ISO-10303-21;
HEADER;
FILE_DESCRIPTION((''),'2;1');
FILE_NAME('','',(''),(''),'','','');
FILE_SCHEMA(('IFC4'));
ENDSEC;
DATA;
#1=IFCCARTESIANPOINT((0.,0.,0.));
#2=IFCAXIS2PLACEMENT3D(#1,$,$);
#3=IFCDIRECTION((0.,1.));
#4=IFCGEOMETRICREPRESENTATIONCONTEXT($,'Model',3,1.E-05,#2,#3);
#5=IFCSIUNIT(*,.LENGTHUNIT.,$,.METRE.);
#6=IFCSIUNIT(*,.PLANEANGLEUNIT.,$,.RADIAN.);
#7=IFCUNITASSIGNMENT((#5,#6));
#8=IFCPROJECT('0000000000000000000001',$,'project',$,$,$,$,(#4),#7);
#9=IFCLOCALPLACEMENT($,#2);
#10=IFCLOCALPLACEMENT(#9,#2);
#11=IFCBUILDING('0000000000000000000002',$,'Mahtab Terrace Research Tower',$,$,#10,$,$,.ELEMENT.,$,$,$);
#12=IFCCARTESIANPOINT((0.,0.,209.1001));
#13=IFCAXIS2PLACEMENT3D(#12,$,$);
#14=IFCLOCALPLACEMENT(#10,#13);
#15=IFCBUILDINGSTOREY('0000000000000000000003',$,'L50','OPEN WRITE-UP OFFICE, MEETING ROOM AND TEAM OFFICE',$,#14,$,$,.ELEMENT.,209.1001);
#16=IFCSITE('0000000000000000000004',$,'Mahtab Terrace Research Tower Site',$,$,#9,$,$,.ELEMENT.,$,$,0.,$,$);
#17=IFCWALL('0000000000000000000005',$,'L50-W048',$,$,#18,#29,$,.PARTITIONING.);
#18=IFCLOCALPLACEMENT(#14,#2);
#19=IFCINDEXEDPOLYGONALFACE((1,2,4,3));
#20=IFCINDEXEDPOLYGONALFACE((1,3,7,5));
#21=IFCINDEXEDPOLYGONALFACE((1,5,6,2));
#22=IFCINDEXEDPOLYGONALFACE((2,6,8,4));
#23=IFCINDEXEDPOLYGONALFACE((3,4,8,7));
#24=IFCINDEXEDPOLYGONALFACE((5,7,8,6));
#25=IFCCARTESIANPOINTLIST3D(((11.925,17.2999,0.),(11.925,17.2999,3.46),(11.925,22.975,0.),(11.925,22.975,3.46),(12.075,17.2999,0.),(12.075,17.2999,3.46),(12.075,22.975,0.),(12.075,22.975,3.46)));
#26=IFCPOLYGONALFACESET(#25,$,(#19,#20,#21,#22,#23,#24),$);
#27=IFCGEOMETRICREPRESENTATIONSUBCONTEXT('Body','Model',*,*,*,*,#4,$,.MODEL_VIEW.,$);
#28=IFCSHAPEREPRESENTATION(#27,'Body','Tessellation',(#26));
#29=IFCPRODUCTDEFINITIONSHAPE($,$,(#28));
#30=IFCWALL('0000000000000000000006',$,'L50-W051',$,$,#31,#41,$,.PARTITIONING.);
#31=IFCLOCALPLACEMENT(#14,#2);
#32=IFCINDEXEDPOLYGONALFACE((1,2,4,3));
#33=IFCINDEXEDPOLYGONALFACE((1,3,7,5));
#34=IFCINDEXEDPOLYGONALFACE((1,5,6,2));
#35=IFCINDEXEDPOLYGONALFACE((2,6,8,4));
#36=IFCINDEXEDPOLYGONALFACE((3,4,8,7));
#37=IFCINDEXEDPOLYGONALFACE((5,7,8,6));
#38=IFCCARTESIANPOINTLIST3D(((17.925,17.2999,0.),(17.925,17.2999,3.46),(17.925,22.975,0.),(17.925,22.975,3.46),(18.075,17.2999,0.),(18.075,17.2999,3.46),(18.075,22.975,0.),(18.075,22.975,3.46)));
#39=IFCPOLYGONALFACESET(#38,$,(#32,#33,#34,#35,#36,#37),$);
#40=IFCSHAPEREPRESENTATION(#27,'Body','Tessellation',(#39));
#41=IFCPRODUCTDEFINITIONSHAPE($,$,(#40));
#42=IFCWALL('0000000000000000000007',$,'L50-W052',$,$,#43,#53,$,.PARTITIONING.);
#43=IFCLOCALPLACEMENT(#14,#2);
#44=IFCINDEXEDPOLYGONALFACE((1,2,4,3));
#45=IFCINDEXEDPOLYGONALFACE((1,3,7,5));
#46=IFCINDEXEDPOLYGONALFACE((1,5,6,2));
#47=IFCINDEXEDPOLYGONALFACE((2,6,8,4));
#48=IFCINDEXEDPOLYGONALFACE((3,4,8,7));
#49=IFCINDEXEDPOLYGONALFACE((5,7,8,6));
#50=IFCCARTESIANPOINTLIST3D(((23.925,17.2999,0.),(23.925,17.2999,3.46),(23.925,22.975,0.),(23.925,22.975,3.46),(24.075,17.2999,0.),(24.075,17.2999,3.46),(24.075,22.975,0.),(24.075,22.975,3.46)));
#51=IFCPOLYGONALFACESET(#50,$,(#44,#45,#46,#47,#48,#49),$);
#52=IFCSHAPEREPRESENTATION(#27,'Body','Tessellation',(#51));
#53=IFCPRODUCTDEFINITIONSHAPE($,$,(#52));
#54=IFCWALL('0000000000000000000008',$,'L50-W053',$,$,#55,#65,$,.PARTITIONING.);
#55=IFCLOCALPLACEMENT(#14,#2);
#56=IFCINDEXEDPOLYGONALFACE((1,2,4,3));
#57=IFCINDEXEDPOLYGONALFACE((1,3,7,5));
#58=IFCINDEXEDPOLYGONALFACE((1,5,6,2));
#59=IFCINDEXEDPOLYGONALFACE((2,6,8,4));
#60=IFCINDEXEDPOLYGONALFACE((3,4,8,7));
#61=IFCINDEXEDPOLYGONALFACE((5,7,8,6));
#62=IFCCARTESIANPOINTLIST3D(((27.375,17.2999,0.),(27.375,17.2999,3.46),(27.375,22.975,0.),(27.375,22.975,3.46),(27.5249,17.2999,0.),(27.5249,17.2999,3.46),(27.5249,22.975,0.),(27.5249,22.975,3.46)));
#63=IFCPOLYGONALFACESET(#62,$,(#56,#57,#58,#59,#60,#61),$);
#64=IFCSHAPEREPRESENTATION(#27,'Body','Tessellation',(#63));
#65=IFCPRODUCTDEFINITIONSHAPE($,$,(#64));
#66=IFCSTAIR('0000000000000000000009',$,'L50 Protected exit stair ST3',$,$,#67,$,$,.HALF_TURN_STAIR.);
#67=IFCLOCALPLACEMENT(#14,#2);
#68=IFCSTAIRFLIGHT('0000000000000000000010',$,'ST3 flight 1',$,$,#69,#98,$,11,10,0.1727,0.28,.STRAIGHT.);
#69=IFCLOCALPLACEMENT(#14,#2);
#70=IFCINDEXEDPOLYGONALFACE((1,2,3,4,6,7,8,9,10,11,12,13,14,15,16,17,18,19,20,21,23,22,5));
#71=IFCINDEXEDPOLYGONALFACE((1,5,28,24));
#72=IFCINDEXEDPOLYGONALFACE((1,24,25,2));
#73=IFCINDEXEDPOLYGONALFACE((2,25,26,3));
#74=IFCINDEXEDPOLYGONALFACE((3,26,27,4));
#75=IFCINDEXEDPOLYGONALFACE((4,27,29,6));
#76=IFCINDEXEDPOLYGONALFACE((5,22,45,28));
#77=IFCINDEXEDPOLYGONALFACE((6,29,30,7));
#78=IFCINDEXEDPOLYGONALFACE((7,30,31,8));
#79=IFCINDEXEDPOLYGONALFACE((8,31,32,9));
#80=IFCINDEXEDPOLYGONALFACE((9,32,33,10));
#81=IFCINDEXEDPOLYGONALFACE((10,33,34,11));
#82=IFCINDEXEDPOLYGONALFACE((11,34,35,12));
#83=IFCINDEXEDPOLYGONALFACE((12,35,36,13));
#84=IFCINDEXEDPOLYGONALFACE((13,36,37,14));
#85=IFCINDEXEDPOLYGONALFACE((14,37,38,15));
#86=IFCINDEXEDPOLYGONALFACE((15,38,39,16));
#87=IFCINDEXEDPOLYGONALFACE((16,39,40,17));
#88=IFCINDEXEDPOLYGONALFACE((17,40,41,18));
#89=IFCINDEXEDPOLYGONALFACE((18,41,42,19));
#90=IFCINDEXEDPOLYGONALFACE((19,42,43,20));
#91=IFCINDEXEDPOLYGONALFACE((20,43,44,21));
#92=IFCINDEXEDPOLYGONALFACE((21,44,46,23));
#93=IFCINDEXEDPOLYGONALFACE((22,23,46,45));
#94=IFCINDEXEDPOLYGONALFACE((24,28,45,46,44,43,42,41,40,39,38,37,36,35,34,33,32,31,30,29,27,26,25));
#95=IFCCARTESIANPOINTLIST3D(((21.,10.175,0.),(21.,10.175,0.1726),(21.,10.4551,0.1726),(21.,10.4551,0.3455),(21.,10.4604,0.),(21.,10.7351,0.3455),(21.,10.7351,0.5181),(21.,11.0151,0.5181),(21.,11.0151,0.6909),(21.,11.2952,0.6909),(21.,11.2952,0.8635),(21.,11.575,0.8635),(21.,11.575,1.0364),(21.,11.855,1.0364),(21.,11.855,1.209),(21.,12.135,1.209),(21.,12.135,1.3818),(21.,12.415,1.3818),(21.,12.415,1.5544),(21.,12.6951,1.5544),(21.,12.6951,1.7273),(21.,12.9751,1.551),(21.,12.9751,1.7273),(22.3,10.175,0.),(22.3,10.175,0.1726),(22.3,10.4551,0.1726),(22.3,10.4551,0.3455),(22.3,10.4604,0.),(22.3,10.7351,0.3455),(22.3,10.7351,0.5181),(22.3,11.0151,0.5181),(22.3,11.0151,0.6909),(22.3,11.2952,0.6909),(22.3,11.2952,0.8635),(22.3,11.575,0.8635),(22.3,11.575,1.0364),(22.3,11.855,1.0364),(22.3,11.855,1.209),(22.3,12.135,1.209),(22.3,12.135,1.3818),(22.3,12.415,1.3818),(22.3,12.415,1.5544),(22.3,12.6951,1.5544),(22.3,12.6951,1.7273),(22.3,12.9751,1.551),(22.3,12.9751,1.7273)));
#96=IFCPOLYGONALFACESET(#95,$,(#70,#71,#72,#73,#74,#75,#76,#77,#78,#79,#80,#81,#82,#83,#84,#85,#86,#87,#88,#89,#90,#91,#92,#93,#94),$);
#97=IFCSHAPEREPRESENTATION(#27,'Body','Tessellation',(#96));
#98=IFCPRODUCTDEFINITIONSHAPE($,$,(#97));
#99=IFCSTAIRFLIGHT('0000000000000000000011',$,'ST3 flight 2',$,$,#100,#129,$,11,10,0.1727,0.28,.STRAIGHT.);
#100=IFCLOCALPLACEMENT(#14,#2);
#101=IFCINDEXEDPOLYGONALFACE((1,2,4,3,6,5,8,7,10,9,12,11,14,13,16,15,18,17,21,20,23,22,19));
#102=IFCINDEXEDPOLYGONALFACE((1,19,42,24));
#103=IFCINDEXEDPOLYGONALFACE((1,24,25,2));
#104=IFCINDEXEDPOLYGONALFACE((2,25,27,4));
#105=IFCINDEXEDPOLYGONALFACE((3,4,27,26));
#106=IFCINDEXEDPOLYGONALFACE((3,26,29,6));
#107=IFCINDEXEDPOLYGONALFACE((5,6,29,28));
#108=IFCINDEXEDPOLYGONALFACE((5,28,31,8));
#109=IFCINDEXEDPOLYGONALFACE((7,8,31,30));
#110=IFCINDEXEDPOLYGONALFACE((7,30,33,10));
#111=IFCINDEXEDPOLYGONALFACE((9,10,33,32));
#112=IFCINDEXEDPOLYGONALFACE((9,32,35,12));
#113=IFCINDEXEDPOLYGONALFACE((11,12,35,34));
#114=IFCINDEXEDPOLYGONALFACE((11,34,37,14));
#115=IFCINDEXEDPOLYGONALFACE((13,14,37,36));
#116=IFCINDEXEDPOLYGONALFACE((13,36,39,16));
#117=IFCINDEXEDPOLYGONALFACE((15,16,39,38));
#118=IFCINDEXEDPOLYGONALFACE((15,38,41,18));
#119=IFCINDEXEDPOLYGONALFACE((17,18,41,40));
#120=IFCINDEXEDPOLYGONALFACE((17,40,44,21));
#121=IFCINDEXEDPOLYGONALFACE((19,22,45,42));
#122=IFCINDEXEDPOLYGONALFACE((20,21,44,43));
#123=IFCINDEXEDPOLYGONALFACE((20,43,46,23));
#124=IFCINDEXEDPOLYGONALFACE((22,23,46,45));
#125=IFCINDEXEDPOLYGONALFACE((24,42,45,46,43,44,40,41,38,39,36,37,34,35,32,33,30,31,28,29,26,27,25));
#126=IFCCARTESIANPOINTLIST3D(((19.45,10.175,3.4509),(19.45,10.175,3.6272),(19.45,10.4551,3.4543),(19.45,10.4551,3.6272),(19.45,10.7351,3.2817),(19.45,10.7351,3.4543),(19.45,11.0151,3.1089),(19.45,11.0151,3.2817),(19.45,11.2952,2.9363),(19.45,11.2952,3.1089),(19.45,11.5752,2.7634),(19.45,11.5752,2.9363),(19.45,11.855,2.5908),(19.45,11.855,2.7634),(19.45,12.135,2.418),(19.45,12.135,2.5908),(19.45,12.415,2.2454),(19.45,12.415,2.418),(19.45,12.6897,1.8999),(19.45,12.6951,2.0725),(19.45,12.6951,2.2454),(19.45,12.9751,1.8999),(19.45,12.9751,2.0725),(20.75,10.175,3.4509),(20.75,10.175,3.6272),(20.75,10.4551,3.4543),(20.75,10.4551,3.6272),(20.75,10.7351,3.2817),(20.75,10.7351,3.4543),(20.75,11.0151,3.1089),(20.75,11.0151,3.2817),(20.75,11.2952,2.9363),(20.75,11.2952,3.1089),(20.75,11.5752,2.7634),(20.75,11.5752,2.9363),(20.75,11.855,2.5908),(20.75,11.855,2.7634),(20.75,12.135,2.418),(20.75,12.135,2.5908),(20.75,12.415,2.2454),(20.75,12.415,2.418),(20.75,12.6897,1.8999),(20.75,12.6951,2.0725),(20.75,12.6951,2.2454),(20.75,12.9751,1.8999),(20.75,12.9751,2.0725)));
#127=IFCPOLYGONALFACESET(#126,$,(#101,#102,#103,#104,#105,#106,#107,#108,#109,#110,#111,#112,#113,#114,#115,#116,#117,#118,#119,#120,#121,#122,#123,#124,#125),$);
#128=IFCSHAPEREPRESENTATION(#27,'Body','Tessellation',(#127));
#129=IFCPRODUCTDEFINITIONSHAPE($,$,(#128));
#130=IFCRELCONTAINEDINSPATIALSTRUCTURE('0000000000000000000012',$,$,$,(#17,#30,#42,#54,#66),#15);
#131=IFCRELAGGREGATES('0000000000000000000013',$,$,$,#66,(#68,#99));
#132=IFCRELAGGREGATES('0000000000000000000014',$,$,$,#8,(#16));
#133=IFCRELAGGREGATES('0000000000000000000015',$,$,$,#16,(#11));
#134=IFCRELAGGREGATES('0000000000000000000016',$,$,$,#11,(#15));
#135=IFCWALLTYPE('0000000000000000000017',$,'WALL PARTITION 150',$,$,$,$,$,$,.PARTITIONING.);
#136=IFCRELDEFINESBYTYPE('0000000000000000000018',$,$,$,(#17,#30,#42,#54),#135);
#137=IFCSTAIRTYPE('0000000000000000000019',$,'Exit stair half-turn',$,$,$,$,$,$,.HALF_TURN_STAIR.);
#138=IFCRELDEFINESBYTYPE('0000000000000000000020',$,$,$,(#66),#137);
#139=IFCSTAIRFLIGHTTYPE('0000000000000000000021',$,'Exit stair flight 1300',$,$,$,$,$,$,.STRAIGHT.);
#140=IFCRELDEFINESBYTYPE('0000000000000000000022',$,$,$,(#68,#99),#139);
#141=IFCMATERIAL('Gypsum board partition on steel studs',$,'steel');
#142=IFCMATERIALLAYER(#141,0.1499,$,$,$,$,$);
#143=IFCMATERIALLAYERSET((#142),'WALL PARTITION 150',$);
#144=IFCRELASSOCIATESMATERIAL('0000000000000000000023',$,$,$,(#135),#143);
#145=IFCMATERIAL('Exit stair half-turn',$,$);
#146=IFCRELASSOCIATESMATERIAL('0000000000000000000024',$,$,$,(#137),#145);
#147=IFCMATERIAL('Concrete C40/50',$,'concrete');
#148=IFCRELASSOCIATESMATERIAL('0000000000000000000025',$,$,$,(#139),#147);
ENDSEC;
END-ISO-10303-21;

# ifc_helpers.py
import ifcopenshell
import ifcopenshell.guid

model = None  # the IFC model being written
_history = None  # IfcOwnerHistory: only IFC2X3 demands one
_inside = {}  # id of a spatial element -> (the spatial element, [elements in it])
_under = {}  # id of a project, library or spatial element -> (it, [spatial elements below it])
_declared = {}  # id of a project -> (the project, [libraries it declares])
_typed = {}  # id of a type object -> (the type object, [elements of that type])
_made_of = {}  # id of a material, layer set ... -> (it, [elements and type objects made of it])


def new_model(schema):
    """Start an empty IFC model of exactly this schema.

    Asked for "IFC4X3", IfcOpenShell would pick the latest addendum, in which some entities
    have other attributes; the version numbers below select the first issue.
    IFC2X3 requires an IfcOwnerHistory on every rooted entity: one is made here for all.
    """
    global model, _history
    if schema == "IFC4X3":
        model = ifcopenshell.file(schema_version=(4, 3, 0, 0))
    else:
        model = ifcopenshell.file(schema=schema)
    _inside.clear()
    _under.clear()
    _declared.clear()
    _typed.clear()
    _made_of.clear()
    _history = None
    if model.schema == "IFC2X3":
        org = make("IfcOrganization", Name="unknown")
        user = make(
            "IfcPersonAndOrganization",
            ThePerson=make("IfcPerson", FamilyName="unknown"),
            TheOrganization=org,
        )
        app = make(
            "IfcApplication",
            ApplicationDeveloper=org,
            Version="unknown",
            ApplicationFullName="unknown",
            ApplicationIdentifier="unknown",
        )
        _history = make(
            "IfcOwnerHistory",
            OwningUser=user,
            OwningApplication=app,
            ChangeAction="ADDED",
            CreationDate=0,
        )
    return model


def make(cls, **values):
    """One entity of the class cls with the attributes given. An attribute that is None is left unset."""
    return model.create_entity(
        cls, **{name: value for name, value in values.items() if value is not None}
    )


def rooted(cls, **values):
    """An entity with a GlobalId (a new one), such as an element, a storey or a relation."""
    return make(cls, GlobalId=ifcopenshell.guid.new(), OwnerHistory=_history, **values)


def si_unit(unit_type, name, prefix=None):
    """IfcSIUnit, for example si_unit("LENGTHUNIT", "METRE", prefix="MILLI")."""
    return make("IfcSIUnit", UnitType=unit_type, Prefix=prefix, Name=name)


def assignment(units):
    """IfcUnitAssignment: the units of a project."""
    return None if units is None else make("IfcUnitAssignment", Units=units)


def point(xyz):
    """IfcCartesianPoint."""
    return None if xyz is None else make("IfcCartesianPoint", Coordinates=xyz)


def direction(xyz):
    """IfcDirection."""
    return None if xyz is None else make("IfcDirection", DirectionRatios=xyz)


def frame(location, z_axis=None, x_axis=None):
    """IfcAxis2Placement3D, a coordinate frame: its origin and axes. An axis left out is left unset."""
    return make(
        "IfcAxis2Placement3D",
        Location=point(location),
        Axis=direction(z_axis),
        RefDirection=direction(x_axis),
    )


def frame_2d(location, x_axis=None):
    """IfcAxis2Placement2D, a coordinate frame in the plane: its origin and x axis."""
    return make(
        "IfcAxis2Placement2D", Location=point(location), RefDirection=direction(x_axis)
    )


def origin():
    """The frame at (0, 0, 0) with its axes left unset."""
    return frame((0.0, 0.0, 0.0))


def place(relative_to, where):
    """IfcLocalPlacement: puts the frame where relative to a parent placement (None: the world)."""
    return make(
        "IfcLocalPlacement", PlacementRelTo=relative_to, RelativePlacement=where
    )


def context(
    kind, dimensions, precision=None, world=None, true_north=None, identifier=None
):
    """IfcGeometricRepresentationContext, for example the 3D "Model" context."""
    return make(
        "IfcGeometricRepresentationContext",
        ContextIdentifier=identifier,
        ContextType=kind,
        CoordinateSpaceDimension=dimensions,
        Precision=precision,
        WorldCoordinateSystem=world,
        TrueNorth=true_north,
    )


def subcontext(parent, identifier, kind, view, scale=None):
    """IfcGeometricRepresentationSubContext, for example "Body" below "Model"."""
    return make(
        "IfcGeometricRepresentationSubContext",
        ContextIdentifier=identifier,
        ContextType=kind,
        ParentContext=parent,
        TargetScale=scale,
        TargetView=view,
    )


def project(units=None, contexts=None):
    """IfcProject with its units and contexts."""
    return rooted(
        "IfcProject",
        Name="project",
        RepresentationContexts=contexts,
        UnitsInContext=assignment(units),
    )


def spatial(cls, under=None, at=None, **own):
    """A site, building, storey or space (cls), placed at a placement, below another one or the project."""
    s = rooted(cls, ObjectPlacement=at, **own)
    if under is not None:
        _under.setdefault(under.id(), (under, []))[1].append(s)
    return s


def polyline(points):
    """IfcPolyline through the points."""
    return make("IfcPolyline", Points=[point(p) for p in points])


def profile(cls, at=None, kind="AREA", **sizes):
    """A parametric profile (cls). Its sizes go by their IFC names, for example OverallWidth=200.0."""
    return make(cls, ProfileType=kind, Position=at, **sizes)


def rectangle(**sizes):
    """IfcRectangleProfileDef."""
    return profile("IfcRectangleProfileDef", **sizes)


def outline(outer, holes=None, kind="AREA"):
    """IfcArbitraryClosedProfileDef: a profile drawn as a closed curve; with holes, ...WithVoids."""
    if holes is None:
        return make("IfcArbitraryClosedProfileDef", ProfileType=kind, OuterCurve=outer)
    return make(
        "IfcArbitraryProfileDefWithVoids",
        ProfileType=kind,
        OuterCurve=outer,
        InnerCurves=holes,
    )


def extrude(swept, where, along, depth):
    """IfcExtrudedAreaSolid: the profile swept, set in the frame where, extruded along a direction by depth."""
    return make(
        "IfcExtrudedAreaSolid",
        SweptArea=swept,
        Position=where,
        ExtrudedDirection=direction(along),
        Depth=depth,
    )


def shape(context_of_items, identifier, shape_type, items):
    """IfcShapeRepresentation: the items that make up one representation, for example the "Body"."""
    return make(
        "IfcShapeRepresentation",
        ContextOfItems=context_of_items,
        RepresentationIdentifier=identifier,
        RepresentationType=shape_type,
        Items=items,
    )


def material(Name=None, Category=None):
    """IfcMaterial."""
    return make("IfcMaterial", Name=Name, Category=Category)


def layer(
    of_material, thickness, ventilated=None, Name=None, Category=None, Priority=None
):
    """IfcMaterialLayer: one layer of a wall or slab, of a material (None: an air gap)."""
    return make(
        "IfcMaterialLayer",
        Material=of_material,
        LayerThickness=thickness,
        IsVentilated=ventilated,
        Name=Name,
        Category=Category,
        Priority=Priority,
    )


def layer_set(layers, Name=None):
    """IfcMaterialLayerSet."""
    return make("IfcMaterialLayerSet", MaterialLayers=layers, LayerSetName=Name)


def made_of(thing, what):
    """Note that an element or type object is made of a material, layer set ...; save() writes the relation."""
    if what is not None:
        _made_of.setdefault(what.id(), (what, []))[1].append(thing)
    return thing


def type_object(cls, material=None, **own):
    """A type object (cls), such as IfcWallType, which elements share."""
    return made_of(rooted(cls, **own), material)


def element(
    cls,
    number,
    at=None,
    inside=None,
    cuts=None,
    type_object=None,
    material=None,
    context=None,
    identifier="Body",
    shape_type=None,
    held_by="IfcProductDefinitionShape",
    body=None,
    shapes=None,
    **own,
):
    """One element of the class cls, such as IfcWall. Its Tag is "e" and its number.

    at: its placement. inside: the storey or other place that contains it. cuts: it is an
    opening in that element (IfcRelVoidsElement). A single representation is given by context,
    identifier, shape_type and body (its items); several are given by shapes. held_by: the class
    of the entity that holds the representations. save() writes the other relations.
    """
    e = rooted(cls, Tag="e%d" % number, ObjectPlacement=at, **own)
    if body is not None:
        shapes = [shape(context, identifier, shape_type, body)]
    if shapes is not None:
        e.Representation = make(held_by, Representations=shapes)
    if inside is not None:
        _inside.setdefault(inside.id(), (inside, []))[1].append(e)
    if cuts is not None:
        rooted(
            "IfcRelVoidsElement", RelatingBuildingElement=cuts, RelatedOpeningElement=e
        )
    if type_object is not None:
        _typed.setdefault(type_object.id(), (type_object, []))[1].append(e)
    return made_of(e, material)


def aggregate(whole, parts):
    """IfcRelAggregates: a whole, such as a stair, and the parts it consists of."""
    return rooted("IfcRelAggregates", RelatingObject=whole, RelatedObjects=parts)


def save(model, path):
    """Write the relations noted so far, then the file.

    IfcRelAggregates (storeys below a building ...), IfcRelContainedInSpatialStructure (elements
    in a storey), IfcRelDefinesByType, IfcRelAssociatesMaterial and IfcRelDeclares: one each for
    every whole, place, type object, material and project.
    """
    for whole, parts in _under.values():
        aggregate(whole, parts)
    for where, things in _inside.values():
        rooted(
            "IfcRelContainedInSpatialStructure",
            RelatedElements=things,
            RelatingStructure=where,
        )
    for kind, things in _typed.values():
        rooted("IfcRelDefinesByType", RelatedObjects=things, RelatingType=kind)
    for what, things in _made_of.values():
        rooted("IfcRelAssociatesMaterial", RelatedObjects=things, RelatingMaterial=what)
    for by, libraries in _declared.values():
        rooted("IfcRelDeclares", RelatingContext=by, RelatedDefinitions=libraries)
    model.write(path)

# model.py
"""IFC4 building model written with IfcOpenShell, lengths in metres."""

from ifc_helpers import new_model, si_unit, direction, frame, frame_2d, origin, place, context, subcontext, project, spatial, polyline, rectangle, outline, extrude, material, layer, layer_set, type_object, element, aggregate, save


model = new_model("IFC4")

# Units and contexts
model_context = context("Model", 3, precision=1e-05, world=origin(), true_north=direction((0.0, 1.0)))
body_context = subcontext(model_context, "Body", "Model", "MODEL_VIEW")
ifc_project = project(units=[si_unit("LENGTHUNIT", "METRE"), si_unit("PLANEANGLEUNIT", "RADIAN")], contexts=[model_context])

# Site, building, storey
site_placement = place(None, origin())
site = spatial("IfcSite", under=ifc_project, at=site_placement, Name="Mahtab Terrace Research Tower Site", CompositionType="ELEMENT", RefElevation=0.0)
building_placement = place(site_placement, origin())
building = spatial("IfcBuilding", under=site, at=building_placement, Name="Mahtab Terrace Research Tower", CompositionType="ELEMENT")
storey_placement = place(building_placement, frame((0.0, 0.0, 209.1001)))
storey = spatial("IfcBuildingStorey", under=building, at=storey_placement, Name="L50", Description="OPEN WRITE-UP OFFICE, MEETING ROOM AND TEAM OFFICE", CompositionType="ELEMENT", Elevation=209.1001)

# Walls
ifc_material_1 = material(Name="Gypsum board partition on steel studs", Category="steel")
ifc_layer_1 = layer(ifc_material_1, 0.1499)
ifc_layer_set_1 = layer_set([ifc_layer_1], Name="WALL PARTITION 150")
wall_type_1 = type_object("IfcWallType", Name="WALL PARTITION 150", PredefinedType="PARTITIONING", material=ifc_layer_set_1)
for number, where, z_axis, x_axis, name in (
    (1, (12.0, 17.3, 0.0), (0.0, 0.0, 1.0), (0.0, 1.0, 0.0), "L50-W048"),
    (2, (18.0, 17.3, 0.0), (0.0, 0.0, 1.0), (0.0, 1.0, 0.0), "L50-W051"),
    (3, (24.0, 17.3, 0.0), (0.0, 0.0, 1.0), (0.0, 1.0, 0.0), "L50-W052"),
    (4, (27.45, 17.3, 0.0), (0.0, 0.0, 1.0), (0.0, 1.0, 0.0), "L50-W053"),
):
    element("IfcWall", number, at=place(storey_placement, frame(where, z_axis=z_axis, x_axis=x_axis)), inside=storey, type_object=wall_type_1, Name=name, PredefinedType="PARTITIONING", context=body_context, shape_type="SweptSolid", body=[
        extrude(rectangle(XDim=5.675, YDim=0.1499, at=frame_2d((2.8374, 0.0))), origin(), (0.0, 0.0, 1.0), 3.46),
    ])

# Stair, stair flights
ifc_material_2 = material(Name="Exit stair half-turn")
stair_type = type_object("IfcStairType", Name="Exit stair half-turn", PredefinedType="HALF_TURN_STAIR", material=ifc_material_2)
stair_placement = place(storey_placement, origin())
stair = element("IfcStair", 5, at=stair_placement, inside=storey, type_object=stair_type, Name="L50 Protected exit stair ST3", PredefinedType="HALF_TURN_STAIR")
ifc_material_3 = material(Name="Concrete C40/50", Category="concrete")
stair_flight_type = type_object("IfcStairFlightType", Name="Exit stair flight 1300", PredefinedType="STRAIGHT", material=ifc_material_3)
stair_flight_1_placement = place(storey_placement, frame((21.6499, 10.175, 0.0), z_axis=(0.0, 0.0, 1.0), x_axis=(0.0, 1.0, 0.0)))
stair_flight_1 = element("IfcStairFlight", 6, at=stair_flight_1_placement, type_object=stair_flight_type, Name="ST3 flight 1", NumberOfRisers=11, NumberOfTreads=10, PredefinedType="STRAIGHT", RiserHeight=0.1727, TreadLength=0.28, context=body_context, shape_type="SweptSolid", body=[
    extrude(outline(polyline([(0.0, 0.0), (0.0, 0.1726), (0.28, 0.1726), (0.28, 0.3455), (0.5601, 0.3455), (0.5601, 0.5181), (0.8401, 0.5181), (0.8401, 0.6909), (1.1201, 0.6909), (1.1201, 0.8635), (1.3999, 0.8635), (1.3999, 1.0364), (1.6799, 1.0364), (1.6799, 1.209), (1.96, 1.209), (1.96, 1.3818), (2.24, 1.3818), (2.24, 1.5544), (2.52, 1.5544), (2.52, 1.7273), (2.8, 1.7273), (2.8, 1.8999), (2.8, 1.551), (0.2854, 0.0), (0.0, 0.0)])), frame((0.0, 0.6499, 0.0), z_axis=(0.0, -1.0, 0.0), x_axis=(1.0, 0.0, 0.0)), (0.0, 0.0, 1.0), 1.3),
])
stair_flight_2_placement = place(storey_placement, frame((20.1001, 12.9751, 1.8999), z_axis=(0.0, 0.0, 1.0), x_axis=(0.0, -1.0, 0.0)))
stair_flight_2 = element("IfcStairFlight", 7, at=stair_flight_2_placement, type_object=stair_flight_type, Name="ST3 flight 2", NumberOfRisers=11, NumberOfTreads=10, PredefinedType="STRAIGHT", RiserHeight=0.1727, TreadLength=0.28, context=body_context, shape_type="SweptSolid", body=[
    extrude(outline(polyline([(0.0, 0.0), (0.0, 0.1726), (0.28, 0.1726), (0.28, 0.3455), (0.5601, 0.3455), (0.5601, 0.5181), (0.8401, 0.5181), (0.8401, 0.6909), (1.1201, 0.6909), (1.1201, 0.8635), (1.3999, 0.8635), (1.3999, 1.0364), (1.6799, 1.0364), (1.6799, 1.209), (1.96, 1.209), (1.96, 1.3818), (2.24, 1.3818), (2.24, 1.5544), (2.52, 1.5544), (2.52, 1.7273), (2.8, 1.7273), (2.8, 1.8999), (2.8, 1.551), (0.2854, 0.0), (0.0, 0.0)])), frame((0.0, 0.6499, 0.0), z_axis=(0.0, -1.0, 0.0), x_axis=(1.0, 0.0, 0.0)), (0.0, 0.0, 1.0), 1.3),
])
aggregate(stair, [stair_flight_1, stair_flight_2])

save(model, "model.ifc")
